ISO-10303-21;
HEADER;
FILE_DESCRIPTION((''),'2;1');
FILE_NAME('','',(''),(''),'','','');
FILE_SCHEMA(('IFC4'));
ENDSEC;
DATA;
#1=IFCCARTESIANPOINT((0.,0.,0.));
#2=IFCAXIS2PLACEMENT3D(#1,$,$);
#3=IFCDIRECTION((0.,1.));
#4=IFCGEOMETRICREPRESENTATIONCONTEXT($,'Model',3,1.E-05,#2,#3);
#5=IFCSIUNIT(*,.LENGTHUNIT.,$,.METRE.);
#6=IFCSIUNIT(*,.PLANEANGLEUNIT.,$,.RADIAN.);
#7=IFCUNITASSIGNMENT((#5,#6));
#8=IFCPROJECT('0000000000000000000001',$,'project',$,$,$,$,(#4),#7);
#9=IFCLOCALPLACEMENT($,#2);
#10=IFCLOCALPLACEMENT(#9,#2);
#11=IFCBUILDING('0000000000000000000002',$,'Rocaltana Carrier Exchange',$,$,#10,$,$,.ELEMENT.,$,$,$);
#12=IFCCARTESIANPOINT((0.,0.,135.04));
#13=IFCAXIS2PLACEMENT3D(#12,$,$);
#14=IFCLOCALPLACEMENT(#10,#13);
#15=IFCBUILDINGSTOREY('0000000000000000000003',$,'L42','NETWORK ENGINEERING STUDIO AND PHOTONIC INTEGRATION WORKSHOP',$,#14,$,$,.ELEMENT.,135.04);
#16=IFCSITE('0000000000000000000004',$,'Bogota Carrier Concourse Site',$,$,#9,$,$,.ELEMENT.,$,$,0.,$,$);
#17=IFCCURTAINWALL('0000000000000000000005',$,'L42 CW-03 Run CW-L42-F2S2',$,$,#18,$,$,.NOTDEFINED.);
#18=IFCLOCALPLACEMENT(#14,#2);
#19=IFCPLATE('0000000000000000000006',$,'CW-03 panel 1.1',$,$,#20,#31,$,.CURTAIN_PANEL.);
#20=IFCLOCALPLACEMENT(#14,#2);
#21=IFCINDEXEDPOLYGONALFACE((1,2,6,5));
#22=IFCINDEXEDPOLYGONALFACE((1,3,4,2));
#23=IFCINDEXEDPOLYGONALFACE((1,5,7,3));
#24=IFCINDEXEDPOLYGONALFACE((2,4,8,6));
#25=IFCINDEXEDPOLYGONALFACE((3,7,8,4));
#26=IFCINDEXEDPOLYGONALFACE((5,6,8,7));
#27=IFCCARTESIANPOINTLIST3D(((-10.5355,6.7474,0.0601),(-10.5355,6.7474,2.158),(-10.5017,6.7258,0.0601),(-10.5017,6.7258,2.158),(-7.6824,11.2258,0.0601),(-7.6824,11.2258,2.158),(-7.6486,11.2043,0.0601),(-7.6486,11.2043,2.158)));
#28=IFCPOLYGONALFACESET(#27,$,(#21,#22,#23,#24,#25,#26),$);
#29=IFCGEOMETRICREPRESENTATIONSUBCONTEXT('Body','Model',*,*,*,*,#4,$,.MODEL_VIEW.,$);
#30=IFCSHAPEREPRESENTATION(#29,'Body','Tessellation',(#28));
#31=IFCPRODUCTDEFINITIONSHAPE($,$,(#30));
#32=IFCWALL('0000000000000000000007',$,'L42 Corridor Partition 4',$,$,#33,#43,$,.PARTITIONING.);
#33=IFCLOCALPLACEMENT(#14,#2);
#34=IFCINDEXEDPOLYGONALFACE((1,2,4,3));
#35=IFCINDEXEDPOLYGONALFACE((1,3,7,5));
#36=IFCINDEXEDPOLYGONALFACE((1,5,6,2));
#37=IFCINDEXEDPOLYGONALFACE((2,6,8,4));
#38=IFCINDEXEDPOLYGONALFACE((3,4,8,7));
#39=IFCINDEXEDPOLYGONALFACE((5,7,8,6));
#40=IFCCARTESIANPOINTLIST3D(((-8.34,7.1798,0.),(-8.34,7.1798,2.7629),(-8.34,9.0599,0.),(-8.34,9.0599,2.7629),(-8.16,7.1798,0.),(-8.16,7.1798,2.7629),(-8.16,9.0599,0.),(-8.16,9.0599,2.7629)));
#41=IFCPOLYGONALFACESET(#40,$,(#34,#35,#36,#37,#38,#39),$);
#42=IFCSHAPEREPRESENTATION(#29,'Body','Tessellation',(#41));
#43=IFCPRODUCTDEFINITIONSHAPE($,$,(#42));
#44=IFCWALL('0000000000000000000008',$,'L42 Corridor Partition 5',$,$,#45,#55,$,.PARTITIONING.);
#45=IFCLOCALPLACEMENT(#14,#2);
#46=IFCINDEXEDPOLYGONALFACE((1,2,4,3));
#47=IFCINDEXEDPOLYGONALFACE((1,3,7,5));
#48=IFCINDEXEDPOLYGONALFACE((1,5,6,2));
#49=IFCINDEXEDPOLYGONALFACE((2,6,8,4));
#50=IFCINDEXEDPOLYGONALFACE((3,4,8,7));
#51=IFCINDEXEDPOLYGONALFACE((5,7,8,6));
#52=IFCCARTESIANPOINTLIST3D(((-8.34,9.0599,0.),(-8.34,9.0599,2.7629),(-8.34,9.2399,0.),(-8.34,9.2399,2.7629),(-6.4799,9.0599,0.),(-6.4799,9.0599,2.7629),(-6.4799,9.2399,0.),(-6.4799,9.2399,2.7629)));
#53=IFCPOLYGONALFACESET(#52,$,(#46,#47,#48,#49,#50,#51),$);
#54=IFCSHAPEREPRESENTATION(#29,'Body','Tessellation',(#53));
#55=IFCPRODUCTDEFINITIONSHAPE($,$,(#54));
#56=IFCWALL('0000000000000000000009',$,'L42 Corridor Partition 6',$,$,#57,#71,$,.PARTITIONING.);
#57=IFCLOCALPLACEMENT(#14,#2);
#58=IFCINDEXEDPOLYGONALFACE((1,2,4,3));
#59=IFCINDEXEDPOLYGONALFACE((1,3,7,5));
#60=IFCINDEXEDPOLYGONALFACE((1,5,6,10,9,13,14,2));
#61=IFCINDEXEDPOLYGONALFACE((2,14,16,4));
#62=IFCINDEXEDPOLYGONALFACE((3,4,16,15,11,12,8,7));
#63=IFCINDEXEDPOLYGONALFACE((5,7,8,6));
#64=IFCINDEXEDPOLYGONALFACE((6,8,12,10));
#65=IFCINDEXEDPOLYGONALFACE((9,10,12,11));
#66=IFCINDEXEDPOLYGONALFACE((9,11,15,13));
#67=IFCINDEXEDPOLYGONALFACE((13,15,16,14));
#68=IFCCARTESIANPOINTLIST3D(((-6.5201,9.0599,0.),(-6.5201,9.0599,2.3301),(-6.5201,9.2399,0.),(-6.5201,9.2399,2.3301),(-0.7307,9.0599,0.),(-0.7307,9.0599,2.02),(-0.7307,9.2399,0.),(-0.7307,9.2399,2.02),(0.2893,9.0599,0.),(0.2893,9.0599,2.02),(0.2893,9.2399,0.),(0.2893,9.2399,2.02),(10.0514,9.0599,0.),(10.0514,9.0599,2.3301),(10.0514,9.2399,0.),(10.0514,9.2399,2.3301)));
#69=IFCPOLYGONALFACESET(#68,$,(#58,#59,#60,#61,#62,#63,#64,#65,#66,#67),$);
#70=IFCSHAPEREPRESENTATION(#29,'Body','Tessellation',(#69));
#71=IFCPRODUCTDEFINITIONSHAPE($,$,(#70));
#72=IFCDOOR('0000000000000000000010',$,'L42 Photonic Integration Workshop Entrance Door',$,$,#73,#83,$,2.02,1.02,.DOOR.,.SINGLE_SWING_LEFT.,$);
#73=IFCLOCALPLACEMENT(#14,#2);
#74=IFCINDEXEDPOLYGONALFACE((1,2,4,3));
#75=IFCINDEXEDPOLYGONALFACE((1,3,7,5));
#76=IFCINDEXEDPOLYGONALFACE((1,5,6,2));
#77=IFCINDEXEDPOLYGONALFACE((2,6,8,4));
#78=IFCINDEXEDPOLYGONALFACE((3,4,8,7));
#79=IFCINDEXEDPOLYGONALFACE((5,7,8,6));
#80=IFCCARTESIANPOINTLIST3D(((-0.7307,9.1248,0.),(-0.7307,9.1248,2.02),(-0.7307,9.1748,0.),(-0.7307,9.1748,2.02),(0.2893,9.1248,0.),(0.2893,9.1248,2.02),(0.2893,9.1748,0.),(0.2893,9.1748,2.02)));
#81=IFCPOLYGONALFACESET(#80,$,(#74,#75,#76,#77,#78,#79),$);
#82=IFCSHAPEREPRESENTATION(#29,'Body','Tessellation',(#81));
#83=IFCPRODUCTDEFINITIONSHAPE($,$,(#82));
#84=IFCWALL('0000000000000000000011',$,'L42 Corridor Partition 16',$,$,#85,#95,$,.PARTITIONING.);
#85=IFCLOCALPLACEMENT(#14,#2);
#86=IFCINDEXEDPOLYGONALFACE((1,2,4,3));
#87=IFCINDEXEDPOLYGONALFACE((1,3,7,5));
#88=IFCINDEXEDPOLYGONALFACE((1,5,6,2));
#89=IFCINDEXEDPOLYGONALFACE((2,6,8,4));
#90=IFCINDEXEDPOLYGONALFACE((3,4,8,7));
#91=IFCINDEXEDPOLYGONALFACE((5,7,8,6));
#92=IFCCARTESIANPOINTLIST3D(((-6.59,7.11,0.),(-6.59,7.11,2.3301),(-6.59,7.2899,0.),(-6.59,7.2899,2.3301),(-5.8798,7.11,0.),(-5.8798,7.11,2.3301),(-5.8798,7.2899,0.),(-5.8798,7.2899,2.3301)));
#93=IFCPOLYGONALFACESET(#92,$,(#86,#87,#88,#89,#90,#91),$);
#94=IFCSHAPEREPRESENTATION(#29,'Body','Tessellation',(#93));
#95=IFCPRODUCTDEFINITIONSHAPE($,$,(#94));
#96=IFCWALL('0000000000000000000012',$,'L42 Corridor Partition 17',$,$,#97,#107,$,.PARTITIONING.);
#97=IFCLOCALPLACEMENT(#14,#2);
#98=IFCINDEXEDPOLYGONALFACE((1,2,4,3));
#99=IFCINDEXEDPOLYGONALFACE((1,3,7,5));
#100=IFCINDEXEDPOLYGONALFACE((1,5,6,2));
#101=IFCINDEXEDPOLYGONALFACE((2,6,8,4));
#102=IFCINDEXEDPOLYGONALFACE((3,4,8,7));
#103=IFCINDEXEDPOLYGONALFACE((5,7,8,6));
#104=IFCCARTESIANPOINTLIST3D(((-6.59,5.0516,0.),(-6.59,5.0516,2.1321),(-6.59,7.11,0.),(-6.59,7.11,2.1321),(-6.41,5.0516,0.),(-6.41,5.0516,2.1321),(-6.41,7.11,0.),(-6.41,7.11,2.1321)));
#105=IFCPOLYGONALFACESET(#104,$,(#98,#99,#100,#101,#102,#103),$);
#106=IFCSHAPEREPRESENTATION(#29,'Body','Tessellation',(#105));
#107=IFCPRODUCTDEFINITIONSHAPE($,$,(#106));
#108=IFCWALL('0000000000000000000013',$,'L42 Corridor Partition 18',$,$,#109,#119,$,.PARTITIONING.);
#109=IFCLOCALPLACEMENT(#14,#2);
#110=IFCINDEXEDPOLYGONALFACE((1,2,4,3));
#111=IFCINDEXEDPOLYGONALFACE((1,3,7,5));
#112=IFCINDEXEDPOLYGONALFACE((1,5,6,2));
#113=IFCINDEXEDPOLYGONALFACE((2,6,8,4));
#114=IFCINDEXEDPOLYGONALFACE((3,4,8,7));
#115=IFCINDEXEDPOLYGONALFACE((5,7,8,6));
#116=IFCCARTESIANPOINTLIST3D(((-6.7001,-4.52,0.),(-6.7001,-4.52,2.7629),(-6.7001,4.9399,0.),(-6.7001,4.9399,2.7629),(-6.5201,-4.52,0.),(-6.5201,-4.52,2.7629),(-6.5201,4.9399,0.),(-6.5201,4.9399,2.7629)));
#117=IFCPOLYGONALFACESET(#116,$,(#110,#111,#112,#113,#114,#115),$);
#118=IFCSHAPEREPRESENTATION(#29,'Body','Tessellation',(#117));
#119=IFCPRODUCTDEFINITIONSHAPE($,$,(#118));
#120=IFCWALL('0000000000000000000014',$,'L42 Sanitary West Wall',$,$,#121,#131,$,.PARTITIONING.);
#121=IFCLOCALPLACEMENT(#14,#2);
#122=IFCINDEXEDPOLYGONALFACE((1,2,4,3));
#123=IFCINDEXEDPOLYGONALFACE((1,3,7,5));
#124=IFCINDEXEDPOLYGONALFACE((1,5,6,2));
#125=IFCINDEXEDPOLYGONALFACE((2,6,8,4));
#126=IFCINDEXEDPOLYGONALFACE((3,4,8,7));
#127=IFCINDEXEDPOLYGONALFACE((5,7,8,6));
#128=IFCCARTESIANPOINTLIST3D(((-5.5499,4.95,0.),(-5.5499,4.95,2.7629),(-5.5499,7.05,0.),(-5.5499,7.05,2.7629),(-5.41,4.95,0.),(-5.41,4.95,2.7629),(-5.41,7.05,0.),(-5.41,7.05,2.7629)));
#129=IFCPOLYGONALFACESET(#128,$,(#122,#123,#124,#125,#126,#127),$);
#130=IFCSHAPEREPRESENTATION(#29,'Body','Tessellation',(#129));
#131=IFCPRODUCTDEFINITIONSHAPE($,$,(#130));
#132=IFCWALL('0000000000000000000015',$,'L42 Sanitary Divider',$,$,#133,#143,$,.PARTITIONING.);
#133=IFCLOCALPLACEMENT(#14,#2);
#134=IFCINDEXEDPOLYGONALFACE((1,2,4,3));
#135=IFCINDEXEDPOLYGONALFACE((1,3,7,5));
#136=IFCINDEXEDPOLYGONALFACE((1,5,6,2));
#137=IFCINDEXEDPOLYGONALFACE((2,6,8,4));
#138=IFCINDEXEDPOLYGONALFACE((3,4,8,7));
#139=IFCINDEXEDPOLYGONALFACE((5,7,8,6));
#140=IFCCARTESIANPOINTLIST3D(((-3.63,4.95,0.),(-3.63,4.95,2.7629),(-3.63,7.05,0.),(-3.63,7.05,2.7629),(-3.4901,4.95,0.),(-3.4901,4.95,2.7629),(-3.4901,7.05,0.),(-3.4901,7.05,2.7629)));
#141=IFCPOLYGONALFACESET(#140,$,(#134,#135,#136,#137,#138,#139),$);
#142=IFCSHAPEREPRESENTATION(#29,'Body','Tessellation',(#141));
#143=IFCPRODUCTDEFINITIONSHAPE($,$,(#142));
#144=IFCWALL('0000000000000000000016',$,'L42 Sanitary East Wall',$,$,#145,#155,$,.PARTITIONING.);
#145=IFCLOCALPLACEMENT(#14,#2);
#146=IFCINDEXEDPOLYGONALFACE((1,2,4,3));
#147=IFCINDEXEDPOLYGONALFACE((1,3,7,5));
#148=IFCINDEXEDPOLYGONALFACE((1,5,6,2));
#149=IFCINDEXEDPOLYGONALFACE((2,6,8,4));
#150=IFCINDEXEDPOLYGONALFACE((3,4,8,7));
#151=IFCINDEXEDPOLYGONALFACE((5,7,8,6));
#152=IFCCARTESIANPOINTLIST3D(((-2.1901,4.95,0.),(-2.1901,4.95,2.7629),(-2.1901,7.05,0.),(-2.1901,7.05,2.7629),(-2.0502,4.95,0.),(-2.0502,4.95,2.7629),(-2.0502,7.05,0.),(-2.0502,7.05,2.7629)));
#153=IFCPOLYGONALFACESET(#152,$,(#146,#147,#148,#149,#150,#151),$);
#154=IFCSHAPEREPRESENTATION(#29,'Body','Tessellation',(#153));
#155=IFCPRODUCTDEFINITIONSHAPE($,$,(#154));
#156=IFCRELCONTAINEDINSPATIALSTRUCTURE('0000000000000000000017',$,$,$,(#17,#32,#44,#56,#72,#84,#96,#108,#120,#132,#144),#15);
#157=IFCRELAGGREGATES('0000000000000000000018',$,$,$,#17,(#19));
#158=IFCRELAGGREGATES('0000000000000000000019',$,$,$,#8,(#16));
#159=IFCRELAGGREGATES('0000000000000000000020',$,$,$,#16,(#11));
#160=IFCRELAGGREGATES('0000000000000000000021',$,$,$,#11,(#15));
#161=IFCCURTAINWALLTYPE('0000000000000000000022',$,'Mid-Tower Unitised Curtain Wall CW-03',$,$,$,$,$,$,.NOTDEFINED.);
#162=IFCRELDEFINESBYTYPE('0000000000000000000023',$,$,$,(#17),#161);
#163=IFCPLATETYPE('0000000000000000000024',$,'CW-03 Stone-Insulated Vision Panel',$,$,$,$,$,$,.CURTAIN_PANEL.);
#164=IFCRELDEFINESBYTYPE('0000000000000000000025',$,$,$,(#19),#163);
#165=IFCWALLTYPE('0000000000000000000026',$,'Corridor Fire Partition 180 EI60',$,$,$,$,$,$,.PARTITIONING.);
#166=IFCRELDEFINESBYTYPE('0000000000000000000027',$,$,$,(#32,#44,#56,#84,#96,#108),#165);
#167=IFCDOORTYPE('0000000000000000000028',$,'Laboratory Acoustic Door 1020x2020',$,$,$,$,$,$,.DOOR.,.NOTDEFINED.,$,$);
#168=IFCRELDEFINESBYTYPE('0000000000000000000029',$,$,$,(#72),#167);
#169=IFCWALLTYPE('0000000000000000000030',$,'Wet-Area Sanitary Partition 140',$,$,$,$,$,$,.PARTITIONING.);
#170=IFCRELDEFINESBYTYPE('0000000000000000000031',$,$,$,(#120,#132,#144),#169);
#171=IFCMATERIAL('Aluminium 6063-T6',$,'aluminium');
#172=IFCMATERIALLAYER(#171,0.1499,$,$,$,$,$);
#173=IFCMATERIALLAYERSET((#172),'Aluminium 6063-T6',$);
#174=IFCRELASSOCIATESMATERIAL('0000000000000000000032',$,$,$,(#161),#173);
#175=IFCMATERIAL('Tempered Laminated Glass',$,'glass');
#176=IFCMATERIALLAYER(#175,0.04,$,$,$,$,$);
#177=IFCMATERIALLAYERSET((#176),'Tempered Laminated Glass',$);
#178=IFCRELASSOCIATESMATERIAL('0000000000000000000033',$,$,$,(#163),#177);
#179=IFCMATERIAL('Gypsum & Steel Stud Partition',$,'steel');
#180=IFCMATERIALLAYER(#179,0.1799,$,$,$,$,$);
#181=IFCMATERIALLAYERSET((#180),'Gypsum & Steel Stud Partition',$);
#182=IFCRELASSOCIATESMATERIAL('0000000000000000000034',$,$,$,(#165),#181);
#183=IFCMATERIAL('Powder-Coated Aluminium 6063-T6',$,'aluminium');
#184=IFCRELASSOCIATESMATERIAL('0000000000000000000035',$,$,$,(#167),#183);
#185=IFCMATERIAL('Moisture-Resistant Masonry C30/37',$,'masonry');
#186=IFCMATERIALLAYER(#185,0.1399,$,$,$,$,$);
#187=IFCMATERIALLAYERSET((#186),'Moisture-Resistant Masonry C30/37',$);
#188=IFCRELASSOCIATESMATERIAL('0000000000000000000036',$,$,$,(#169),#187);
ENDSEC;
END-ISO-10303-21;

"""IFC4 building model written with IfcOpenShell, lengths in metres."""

from ifc_helpers import new_model, si_unit, direction, frame, frame_2d, origin, origin_2d, place, context, subcontext, project, spatial, rectangle, extrude, material, layer, layer_set, type_object, element, fill, aggregate, save


model = new_model("IFC4")

# Units and contexts
model_context = context("Model", 3, precision=1e-05, world=origin(), true_north=direction((0.0, 1.0)))
body_context = subcontext(model_context, "Body", "Model", "MODEL_VIEW")
ifc_project = project(units=[si_unit("LENGTHUNIT", "METRE"), si_unit("PLANEANGLEUNIT", "RADIAN")], contexts=[model_context])

# Site, building, storey
site_placement = place(None, origin())
site = spatial("IfcSite", under=ifc_project, at=site_placement, Name="Bogota Carrier Concourse Site", CompositionType="ELEMENT", RefElevation=0.0)
building_placement = place(site_placement, origin())
building = spatial("IfcBuilding", under=site, at=building_placement, Name="Rocaltana Carrier Exchange", CompositionType="ELEMENT")
storey_placement = place(building_placement, frame((0.0, 0.0, 135.04)))
storey = spatial("IfcBuildingStorey", under=building, at=storey_placement, Name="L42", Description="NETWORK ENGINEERING STUDIO AND PHOTONIC INTEGRATION WORKSHOP", CompositionType="ELEMENT", Elevation=135.04)

# Curtain wall
ifc_material_1 = material(Name="Aluminium 6063-T6", Category="aluminium")
ifc_layer_1 = layer(ifc_material_1, 0.1499)
ifc_layer_set_1 = layer_set([ifc_layer_1], Name="Aluminium 6063-T6")
curtain_wall_type = type_object("IfcCurtainWallType", Name="Mid-Tower Unitised Curtain Wall CW-03", PredefinedType="NOTDEFINED", material=ifc_layer_set_1)
curtain_wall_placement = place(storey_placement, origin())
curtain_wall = element("IfcCurtainWall", 1, at=curtain_wall_placement, inside=storey, type_object=curtain_wall_type, Name="L42 CW-03 Run CW-L42-F2S2", PredefinedType="NOTDEFINED")

# Plate
ifc_material_2 = material(Name="Tempered Laminated Glass", Category="glass")
ifc_layer_2 = layer(ifc_material_2, 0.04)
ifc_layer_set_2 = layer_set([ifc_layer_2], Name="Tempered Laminated Glass")
plate_type = type_object("IfcPlateType", Name="CW-03 Stone-Insulated Vision Panel", PredefinedType="CURTAIN_PANEL", material=ifc_layer_set_2)
plate_placement = place(storey_placement, frame((-9.092, 8.9758, 0.0601), z_axis=(0.0, 0.0, 1.0), x_axis=(-0.537301, -0.843391, 0.0)))
plate = element("IfcPlate", 2, at=plate_placement, type_object=plate_type, Name="CW-03 panel 1.1", PredefinedType="CURTAIN_PANEL", context=body_context, shape_type="SweptSolid", body=[
    extrude(rectangle(XDim=5.3101, YDim=0.04, at=origin_2d()), origin(), (0.0, 0.0, 1.0), 2.0979),
])
aggregate(curtain_wall, [plate])

# Walls
ifc_material_3 = material(Name="Gypsum & Steel Stud Partition", Category="steel")
ifc_layer_3 = layer(ifc_material_3, 0.1799)
ifc_layer_set_3 = layer_set([ifc_layer_3], Name="Gypsum & Steel Stud Partition")
wall_type_1 = type_object("IfcWallType", Name="Corridor Fire Partition 180 EI60", PredefinedType="PARTITIONING", material=ifc_layer_set_3)
wall_1_placement = place(storey_placement, frame((-8.25, 7.1799, 0.0), z_axis=(0.0, 0.0, 1.0), x_axis=(0.0, 1.0, 0.0)))
element("IfcWall", 3, at=wall_1_placement, inside=storey, type_object=wall_type_1, Name="L42 Corridor Partition 4", PredefinedType="PARTITIONING", context=body_context, shape_type="SweptSolid", body=[
    extrude(rectangle(XDim=1.8801, YDim=0.1799, at=frame_2d((0.9399, 0.0))), origin(), (0.0, 0.0, 1.0), 2.7629),
])
wall_2_placement = place(storey_placement, frame((-8.3401, 9.1499, 0.0), z_axis=(0.0, 0.0, 1.0), x_axis=(1.0, 0.0, 0.0)))
element("IfcWall", 4, at=wall_2_placement, inside=storey, type_object=wall_type_1, Name="L42 Corridor Partition 5", PredefinedType="PARTITIONING", context=body_context, shape_type="SweptSolid", body=[
    extrude(rectangle(XDim=1.8601, YDim=0.1799, at=frame_2d((0.9302, 0.0))), origin(), (0.0, 0.0, 1.0), 2.7629),
])

# Wall, opening, door
wall_3_placement = place(storey_placement, frame((-6.52, 9.1499, 0.0), z_axis=(0.0, 0.0, 1.0), x_axis=(1.0, 0.0, 0.0)))
wall_3 = element("IfcWall", 5, at=wall_3_placement, inside=storey, type_object=wall_type_1, Name="L42 Corridor Partition 6", PredefinedType="PARTITIONING", context=body_context, shape_type="SweptSolid", body=[
    extrude(rectangle(XDim=16.5715, YDim=0.1799, at=frame_2d((8.2856, 0.0))), origin(), (0.0, 0.0, 1.0), 2.3301),
])
opening_1_placement = place(wall_3_placement, frame((5.7893, 0.0, 0.0)))
opening_1 = element("IfcOpeningElement", 6, at=opening_1_placement, cuts=wall_3, PredefinedType="OPENING", context=body_context, shape_type="SweptSolid", body=[
    extrude(rectangle(XDim=1.02, YDim=2.02, at=frame_2d((0.51, 1.01))), frame((0.0, 0.0999, 0.0), z_axis=(0.0, -1.0, 0.0), x_axis=(1.0, 0.0, 0.0)), (0.0, 0.0, 1.0), 0.2),
])
ifc_material_4 = material(Name="Powder-Coated Aluminium 6063-T6", Category="aluminium")
door_type_1 = type_object("IfcDoorType", Name="Laboratory Acoustic Door 1020x2020", OperationType="NOTDEFINED", PredefinedType="DOOR", material=ifc_material_4)
door_1_placement = place(opening_1_placement, origin())
door_1 = element("IfcDoor", 7, at=door_1_placement, inside=storey, type_object=door_type_1, Name="L42 Photonic Integration Workshop Entrance Door", OperationType="SINGLE_SWING_LEFT", OverallHeight=2.02, OverallWidth=1.02, PredefinedType="DOOR", context=body_context, shape_type="SweptSolid", body=[
    extrude(rectangle(XDim=1.02, YDim=2.02, at=frame_2d((0.51, 1.01))), frame((0.0, 0.0249, 0.0), z_axis=(0.0, -1.0, 0.0), x_axis=(1.0, 0.0, 0.0)), (0.0, 0.0, 1.0), 0.05),
])
fill(opening_1, door_1)

# Walls
wall_4_placement = place(storey_placement, frame((-5.8799, 7.2, 0.0), z_axis=(0.0, 0.0, 1.0), x_axis=(-1.0, 0.0, 0.0)))
element("IfcWall", 8, at=wall_4_placement, inside=storey, type_object=wall_type_1, Name="L42 Corridor Partition 16", PredefinedType="PARTITIONING", context=body_context, shape_type="SweptSolid", body=[
    extrude(rectangle(XDim=0.7102, YDim=0.1799, at=frame_2d((0.355, 0.0))), origin(), (0.0, 0.0, 1.0), 2.3301),
])
wall_5_placement = place(storey_placement, frame((-6.5, 7.1101, 0.0), z_axis=(0.0, 0.0, 1.0), x_axis=(0.0, -1.0, 0.0)))
element("IfcWall", 9, at=wall_5_placement, inside=storey, type_object=wall_type_1, Name="L42 Corridor Partition 17", PredefinedType="PARTITIONING", context=body_context, shape_type="SweptSolid", body=[
    extrude(rectangle(XDim=2.0583, YDim=0.1799, at=frame_2d((1.0293, 0.0))), origin(), (0.0, 0.0, 1.0), 2.1321),
])
wall_6_placement = place(storey_placement, frame((-6.6101, 4.9399, 0.0), z_axis=(0.0, 0.0, 1.0), x_axis=(0.0, -1.0, 0.0)))
element("IfcWall", 10, at=wall_6_placement, inside=storey, type_object=wall_type_1, Name="L42 Corridor Partition 18", PredefinedType="PARTITIONING", context=body_context, shape_type="SweptSolid", body=[
    extrude(rectangle(XDim=9.46, YDim=0.1799, at=frame_2d((4.73, 0.0))), origin(), (0.0, 0.0, 1.0), 2.7629),
])
ifc_material_5 = material(Name="Moisture-Resistant Masonry C30/37", Category="masonry")
ifc_layer_4 = layer(ifc_material_5, 0.1399)
ifc_layer_set_4 = layer_set([ifc_layer_4], Name="Moisture-Resistant Masonry C30/37")
wall_type_2 = type_object("IfcWallType", Name="Wet-Area Sanitary Partition 140", PredefinedType="PARTITIONING", material=ifc_layer_set_4)
for number, where, z_axis, x_axis, name in (
    (11, (-5.48, 4.95, 0.0), (0.0, 0.0, 1.0), (0.0, 1.0, 0.0), "L42 Sanitary West Wall"),
    (12, (-3.5601, 4.95, 0.0), (0.0, 0.0, 1.0), (0.0, 1.0, 0.0), "L42 Sanitary Divider"),
    (13, (-2.1201, 4.95, 0.0), (0.0, 0.0, 1.0), (0.0, 1.0, 0.0), "L42 Sanitary East Wall"),
):
    element("IfcWall", number, at=place(storey_placement, frame(where, z_axis=z_axis, x_axis=x_axis)), inside=storey, type_object=wall_type_2, Name=name, PredefinedType="PARTITIONING", context=body_context, shape_type="SweptSolid", body=[
        extrude(rectangle(XDim=2.1001, YDim=0.1399, at=frame_2d((1.05, 0.0))), origin(), (0.0, 0.0, 1.0), 2.7629),
    ])

save(model, "model.ifc")
